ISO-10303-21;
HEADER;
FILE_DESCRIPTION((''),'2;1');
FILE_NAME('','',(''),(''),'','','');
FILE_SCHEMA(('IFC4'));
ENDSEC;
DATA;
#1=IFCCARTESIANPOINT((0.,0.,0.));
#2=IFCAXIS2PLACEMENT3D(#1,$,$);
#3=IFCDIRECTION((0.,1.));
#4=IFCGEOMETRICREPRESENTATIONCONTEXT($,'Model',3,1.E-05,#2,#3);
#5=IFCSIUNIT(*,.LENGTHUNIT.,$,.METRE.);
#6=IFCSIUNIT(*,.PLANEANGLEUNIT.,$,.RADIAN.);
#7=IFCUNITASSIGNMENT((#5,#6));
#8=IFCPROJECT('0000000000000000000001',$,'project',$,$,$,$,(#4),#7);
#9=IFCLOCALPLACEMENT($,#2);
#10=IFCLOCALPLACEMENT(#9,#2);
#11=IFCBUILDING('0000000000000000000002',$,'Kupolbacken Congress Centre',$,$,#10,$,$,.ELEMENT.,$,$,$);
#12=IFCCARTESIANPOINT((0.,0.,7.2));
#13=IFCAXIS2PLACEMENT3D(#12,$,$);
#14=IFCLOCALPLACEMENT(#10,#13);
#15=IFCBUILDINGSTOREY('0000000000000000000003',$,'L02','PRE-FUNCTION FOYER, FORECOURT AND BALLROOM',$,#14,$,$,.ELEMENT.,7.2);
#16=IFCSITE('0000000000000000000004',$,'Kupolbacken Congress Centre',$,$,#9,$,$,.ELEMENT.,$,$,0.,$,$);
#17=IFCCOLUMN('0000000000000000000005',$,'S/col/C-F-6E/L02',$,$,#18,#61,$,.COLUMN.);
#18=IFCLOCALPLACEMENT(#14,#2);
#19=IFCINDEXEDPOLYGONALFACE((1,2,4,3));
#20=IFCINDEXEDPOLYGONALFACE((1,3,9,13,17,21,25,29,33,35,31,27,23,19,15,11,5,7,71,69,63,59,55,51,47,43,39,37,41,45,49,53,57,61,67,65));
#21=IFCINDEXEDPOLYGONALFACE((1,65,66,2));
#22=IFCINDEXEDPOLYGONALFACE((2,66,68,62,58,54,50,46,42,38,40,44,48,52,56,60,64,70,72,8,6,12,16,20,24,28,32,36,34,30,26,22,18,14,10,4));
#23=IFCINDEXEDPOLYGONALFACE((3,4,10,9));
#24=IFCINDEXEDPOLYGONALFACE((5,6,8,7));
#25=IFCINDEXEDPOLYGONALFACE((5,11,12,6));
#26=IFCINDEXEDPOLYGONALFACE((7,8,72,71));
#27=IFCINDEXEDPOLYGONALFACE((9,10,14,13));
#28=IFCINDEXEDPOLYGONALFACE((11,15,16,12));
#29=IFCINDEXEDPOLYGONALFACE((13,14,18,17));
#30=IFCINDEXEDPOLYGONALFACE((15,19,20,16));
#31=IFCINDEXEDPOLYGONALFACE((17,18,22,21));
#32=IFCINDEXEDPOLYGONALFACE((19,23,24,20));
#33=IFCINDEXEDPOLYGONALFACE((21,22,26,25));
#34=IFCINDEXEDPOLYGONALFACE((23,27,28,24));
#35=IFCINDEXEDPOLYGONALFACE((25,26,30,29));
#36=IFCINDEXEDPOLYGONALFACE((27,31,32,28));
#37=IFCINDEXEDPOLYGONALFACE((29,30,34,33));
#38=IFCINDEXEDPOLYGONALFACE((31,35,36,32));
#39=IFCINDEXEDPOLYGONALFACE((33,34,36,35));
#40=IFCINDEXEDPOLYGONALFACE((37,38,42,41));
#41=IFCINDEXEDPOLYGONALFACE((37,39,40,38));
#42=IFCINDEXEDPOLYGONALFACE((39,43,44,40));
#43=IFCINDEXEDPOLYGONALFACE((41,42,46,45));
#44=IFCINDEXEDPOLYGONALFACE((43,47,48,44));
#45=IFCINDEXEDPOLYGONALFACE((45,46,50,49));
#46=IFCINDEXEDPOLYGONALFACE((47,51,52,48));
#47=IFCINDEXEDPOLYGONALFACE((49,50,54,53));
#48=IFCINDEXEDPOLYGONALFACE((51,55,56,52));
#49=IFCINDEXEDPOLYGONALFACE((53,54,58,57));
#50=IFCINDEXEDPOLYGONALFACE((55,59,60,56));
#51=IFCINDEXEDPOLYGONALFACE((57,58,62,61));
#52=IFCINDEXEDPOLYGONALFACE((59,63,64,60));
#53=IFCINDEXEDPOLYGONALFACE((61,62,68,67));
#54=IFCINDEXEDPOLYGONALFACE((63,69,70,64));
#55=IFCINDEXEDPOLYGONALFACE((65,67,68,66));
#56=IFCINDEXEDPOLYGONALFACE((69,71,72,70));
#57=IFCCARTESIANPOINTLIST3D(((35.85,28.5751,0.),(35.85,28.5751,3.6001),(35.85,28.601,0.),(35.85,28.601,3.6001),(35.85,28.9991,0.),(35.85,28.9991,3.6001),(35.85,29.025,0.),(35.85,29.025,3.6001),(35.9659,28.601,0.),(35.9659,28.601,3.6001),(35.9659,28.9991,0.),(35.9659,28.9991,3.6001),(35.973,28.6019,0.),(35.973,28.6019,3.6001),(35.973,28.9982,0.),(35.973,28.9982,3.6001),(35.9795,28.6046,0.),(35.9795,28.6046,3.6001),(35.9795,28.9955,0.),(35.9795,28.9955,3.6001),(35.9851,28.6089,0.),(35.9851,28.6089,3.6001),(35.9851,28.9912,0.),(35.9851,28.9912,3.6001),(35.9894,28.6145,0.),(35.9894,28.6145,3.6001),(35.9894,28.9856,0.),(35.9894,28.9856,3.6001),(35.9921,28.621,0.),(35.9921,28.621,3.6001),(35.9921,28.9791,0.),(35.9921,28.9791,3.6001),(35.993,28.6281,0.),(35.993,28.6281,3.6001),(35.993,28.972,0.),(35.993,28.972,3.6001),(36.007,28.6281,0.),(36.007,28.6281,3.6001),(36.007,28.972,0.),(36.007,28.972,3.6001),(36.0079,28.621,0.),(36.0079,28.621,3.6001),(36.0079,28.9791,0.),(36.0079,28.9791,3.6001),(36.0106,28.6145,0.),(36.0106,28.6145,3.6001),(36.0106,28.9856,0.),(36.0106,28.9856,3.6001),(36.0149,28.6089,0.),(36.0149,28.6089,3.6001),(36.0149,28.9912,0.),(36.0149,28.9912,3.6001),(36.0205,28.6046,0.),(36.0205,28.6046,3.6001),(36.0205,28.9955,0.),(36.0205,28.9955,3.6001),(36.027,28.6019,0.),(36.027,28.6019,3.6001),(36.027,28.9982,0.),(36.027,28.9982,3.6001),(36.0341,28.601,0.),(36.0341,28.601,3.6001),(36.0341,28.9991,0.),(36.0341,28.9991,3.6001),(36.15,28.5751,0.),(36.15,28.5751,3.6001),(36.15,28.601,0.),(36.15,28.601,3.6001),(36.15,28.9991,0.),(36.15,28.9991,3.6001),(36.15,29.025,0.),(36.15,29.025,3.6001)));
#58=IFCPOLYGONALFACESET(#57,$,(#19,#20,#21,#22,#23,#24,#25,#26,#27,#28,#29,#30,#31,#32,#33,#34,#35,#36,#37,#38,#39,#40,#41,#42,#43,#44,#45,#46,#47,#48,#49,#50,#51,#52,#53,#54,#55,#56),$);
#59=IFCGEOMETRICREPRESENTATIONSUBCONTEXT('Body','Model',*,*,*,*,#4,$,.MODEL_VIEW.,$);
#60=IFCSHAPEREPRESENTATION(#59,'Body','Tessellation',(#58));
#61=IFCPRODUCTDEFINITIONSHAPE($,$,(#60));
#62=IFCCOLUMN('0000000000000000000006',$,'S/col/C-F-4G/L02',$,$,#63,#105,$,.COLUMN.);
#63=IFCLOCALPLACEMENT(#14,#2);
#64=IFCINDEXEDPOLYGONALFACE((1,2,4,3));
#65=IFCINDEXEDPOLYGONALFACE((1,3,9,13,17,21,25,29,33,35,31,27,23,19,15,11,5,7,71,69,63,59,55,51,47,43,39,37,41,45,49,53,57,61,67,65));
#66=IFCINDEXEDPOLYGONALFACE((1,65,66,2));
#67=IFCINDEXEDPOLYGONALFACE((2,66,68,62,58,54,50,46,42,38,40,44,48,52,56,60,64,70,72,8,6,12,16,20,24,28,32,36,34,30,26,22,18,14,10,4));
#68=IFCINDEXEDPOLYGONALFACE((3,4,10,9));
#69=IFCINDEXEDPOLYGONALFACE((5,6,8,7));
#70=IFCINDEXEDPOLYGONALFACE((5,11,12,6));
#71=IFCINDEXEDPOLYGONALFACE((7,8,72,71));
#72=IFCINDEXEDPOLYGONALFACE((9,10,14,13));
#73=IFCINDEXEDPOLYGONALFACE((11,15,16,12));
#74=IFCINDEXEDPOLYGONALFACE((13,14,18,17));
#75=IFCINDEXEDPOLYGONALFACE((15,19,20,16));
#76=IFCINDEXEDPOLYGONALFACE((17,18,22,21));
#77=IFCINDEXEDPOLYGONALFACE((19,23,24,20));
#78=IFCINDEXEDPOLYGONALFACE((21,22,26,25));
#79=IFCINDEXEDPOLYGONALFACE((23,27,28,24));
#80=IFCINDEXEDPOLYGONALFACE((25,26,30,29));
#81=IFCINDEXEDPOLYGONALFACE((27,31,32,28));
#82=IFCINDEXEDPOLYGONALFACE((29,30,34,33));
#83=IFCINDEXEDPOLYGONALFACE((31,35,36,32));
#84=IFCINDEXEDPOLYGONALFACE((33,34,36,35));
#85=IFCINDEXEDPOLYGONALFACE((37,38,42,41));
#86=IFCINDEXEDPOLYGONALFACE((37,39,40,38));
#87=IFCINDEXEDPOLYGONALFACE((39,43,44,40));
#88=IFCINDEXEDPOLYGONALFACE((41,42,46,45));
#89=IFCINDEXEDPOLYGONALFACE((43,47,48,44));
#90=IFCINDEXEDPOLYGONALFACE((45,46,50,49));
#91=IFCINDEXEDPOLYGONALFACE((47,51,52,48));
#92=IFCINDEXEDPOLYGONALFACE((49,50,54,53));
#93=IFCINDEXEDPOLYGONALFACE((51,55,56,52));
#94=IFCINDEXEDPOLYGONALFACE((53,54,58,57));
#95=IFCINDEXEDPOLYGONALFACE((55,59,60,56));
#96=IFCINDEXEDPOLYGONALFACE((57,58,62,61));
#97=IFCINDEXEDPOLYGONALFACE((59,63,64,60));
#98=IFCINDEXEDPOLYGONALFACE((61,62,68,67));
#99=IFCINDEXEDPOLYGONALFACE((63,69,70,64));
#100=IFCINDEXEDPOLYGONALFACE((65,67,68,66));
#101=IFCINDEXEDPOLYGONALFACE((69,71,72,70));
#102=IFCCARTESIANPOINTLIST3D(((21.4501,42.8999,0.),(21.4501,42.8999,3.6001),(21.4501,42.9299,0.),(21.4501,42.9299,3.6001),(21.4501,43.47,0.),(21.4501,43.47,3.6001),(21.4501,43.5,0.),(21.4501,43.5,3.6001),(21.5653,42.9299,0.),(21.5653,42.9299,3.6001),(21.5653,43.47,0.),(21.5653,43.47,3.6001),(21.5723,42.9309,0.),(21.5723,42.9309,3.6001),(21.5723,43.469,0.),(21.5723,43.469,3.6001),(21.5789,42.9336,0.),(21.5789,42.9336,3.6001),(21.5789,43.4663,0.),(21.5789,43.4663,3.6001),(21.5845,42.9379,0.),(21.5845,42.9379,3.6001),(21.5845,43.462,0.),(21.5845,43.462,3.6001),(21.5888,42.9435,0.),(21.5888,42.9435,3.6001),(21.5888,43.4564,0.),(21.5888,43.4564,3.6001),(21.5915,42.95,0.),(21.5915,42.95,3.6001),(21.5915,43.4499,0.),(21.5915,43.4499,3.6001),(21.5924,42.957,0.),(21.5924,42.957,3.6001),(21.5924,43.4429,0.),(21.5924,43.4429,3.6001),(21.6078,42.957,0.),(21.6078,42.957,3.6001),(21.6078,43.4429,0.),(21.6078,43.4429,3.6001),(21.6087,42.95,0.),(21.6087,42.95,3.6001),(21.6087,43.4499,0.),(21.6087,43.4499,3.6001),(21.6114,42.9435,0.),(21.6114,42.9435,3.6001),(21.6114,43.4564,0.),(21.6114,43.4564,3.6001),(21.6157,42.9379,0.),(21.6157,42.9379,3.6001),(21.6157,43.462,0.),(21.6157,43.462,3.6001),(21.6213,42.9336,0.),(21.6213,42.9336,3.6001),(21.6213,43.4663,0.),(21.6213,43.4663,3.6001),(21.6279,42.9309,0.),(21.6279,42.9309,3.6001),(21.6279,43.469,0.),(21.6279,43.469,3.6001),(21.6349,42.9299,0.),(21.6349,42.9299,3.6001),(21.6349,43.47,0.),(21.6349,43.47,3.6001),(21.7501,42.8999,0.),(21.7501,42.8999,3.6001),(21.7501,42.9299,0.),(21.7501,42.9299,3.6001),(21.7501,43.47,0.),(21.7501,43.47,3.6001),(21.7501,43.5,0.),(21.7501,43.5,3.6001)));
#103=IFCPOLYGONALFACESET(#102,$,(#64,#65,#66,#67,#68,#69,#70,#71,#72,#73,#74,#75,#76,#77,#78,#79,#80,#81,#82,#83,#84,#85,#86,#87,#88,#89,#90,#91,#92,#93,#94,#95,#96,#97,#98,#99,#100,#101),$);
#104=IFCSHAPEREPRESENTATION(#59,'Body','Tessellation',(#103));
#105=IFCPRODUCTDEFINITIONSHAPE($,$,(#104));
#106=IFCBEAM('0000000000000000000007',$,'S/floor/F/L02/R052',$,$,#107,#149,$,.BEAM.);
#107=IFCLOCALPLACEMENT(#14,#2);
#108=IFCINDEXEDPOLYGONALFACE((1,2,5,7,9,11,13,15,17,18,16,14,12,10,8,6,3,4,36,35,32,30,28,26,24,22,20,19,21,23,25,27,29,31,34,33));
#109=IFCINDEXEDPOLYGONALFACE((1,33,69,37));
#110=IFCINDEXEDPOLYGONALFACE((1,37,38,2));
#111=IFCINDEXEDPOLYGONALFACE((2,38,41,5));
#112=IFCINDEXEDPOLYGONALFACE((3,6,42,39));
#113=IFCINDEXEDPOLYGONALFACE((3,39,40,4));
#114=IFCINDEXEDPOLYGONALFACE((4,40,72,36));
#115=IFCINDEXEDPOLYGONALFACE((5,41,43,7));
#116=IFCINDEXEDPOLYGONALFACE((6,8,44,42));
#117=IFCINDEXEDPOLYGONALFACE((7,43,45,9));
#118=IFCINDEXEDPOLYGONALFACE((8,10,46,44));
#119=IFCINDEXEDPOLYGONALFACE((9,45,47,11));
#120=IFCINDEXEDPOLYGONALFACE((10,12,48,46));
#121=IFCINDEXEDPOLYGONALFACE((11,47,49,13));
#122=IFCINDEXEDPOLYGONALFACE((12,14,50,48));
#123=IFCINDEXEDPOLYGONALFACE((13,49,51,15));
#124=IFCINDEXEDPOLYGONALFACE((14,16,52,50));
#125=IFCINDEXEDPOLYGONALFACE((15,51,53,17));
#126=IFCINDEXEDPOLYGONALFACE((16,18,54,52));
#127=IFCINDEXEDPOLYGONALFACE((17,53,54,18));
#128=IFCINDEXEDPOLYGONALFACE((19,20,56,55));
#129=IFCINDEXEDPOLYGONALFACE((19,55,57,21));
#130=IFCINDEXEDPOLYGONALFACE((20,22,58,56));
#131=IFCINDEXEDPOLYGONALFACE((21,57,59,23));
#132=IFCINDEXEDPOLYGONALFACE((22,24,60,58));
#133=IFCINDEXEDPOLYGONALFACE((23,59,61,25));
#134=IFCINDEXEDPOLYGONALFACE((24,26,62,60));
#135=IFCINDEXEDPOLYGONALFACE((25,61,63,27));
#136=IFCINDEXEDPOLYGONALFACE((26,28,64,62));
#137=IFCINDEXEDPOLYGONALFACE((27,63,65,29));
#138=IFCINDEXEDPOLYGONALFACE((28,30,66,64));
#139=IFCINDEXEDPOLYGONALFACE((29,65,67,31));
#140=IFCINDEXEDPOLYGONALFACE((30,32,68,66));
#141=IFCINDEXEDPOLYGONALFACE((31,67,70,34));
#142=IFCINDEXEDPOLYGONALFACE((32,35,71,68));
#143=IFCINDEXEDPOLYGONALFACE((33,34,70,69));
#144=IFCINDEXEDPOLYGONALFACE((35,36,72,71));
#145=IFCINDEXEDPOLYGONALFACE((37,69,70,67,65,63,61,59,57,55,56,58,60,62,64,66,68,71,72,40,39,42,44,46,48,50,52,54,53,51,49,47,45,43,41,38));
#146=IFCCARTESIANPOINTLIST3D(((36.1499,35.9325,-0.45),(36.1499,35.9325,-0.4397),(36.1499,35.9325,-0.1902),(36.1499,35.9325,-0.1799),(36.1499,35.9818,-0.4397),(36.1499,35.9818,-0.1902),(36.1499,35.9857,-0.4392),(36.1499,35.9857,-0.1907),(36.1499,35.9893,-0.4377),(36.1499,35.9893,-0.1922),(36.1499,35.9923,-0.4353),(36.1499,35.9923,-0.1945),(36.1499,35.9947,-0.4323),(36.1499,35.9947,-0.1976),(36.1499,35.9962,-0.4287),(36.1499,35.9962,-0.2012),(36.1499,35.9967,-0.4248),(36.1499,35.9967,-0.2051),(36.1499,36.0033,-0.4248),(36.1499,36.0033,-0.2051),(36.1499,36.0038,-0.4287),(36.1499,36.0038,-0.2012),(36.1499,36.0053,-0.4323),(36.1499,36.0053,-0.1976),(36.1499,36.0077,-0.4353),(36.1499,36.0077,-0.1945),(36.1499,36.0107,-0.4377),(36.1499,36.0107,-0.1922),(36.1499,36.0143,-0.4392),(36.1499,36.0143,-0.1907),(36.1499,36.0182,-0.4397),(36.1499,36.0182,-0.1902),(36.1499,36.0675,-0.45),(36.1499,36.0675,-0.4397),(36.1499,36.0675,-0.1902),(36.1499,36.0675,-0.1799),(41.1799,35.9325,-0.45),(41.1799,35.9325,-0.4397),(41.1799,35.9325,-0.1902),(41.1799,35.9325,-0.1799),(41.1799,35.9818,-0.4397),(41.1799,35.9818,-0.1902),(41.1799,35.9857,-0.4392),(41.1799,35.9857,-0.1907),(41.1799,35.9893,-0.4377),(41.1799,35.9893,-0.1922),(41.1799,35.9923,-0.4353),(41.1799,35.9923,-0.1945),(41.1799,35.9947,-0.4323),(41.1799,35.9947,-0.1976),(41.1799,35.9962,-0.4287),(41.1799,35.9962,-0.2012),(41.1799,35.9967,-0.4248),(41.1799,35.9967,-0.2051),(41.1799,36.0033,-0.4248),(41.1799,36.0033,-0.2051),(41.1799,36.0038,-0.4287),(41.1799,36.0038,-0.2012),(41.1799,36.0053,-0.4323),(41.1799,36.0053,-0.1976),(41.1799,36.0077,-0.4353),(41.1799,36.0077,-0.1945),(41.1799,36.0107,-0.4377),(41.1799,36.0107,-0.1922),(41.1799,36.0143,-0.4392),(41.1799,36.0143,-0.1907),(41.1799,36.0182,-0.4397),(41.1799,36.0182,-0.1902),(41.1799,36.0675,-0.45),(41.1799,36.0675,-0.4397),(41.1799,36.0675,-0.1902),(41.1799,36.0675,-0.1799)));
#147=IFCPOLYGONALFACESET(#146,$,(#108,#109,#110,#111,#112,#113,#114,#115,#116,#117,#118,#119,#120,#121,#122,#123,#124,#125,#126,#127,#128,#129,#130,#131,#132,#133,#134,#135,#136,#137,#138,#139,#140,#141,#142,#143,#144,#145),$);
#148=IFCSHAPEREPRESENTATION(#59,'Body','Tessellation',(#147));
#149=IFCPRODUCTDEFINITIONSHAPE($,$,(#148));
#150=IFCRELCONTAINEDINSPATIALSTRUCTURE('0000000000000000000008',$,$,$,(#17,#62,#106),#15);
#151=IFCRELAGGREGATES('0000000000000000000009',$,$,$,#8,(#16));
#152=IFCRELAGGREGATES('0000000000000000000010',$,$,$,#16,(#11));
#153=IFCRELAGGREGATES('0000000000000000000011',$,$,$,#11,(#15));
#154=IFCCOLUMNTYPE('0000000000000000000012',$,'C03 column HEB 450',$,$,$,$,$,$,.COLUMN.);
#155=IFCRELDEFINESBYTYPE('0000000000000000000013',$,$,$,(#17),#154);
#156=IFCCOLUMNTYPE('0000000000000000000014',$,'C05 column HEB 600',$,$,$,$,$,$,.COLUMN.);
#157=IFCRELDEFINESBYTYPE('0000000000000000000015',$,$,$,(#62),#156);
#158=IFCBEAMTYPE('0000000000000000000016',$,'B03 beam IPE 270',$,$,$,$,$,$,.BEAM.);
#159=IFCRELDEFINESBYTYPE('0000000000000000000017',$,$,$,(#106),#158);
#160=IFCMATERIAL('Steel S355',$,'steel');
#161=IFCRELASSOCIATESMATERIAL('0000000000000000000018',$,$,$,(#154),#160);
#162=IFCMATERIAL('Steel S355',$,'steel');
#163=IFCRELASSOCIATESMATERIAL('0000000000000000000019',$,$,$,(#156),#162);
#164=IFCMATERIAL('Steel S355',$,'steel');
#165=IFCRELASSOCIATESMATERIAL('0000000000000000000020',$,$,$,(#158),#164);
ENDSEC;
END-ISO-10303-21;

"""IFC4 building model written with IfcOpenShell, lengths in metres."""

from ifc_helpers import new_model, si_unit, direction, frame, origin, origin_2d, place, context, subcontext, project, spatial, i_section, extrude, material, material_profile, profile_set, type_object, element, save


model = new_model("IFC4")

# Units and contexts
model_context = context("Model", 3, precision=1e-05, world=origin(), true_north=direction((0.0, 1.0)))
body_context = subcontext(model_context, "Body", "Model", "MODEL_VIEW")
ifc_project = project(units=[si_unit("LENGTHUNIT", "METRE"), si_unit("PLANEANGLEUNIT", "RADIAN")], contexts=[model_context])

# Site, building, storey
site_placement = place(None, origin())
site = spatial("IfcSite", under=ifc_project, at=site_placement, Name="Kupolbacken Congress Centre", CompositionType="ELEMENT", RefElevation=0.0)
building_placement = place(site_placement, origin())
building = spatial("IfcBuilding", under=site, at=building_placement, Name="Kupolbacken Congress Centre", CompositionType="ELEMENT")
storey_placement = place(building_placement, frame((0.0, 0.0, 7.2)))
storey = spatial("IfcBuildingStorey", under=building, at=storey_placement, Name="L02", Description="PRE-FUNCTION FOYER, FORECOURT AND BALLROOM", CompositionType="ELEMENT", Elevation=7.2)

# Columns
ifc_material_1 = material(Name="Steel S355", Category="steel")
ifc_material_profile_1 = material_profile(ifc_material_1, i_section(OverallWidth=0.3, OverallDepth=0.45, WebThickness=0.0139, FlangeThickness=0.0259, FilletRadius=0.0271, at=origin_2d()), Name="HEB 450")
ifc_profile_set_1 = profile_set([ifc_material_profile_1], Name="Steel S355")
column_type_1 = type_object("IfcColumnType", Name="C03 column HEB 450", PredefinedType="COLUMN", material=ifc_profile_set_1)
column_1_placement = place(storey_placement, frame((36.0, 28.8, 0.0), z_axis=(0.0, 0.0, 1.0), x_axis=(1.0, 0.0, 0.0)))
element("IfcColumn", 1, at=column_1_placement, inside=storey, type_object=column_type_1, Name="S/col/C-F-6E/L02", PredefinedType="COLUMN", context=body_context, shape_type="SweptSolid", body=[
    extrude(i_section(OverallWidth=0.3, OverallDepth=0.45, WebThickness=0.0139, FlangeThickness=0.0259, FilletRadius=0.0271, at=origin_2d()), origin(), (0.0, 0.0, 1.0), 3.6001),
])
ifc_material_2 = material(Name="Steel S355", Category="steel")
ifc_material_profile_2 = material_profile(ifc_material_2, i_section(OverallWidth=0.3, OverallDepth=0.6001, WebThickness=0.0154, FlangeThickness=0.03, FilletRadius=0.0271, at=origin_2d()), Name="HEB 600")
ifc_profile_set_2 = profile_set([ifc_material_profile_2], Name="Steel S355")
column_type_2 = type_object("IfcColumnType", Name="C05 column HEB 600", PredefinedType="COLUMN", material=ifc_profile_set_2)
column_2_placement = place(storey_placement, frame((21.6001, 43.2, 0.0), z_axis=(0.0, 0.0, 1.0), x_axis=(1.0, 0.0, 0.0)))
element("IfcColumn", 2, at=column_2_placement, inside=storey, type_object=column_type_2, Name="S/col/C-F-4G/L02", PredefinedType="COLUMN", context=body_context, shape_type="SweptSolid", body=[
    extrude(i_section(OverallWidth=0.3, OverallDepth=0.6001, WebThickness=0.0154, FlangeThickness=0.03, FilletRadius=0.0271, at=origin_2d()), origin(), (0.0, 0.0, 1.0), 3.6001),
])

# Beam
ifc_material_3 = material(Name="Steel S355", Category="steel")
ifc_material_profile_3 = material_profile(ifc_material_3, i_section(OverallWidth=0.135, OverallDepth=0.27, WebThickness=0.0066, FlangeThickness=0.0103, FilletRadius=0.0149, at=origin_2d()), Name="IPE 270")
ifc_profile_set_3 = profile_set([ifc_material_profile_3], Name="Steel S355")
beam_type_1 = type_object("IfcBeamType", Name="B03 beam IPE 270", PredefinedType="BEAM", material=ifc_profile_set_3)
beam_1_placement = place(storey_placement, frame((36.1499, 36.0, -0.3149), z_axis=(1.0, 0.0, 0.0), x_axis=(0.0, 1.0, 0.0)))
element("IfcBeam", 3, at=beam_1_placement, inside=storey, type_object=beam_type_1, Name="S/floor/F/L02/R052", PredefinedType="BEAM", context=body_context, shape_type="SweptSolid", body=[
    extrude(i_section(OverallWidth=0.135, OverallDepth=0.27, WebThickness=0.0066, FlangeThickness=0.0103, FilletRadius=0.0149, at=origin_2d()), origin(), (0.0, 0.0, 1.0), 5.03),
])

save(model, "model.ifc")
